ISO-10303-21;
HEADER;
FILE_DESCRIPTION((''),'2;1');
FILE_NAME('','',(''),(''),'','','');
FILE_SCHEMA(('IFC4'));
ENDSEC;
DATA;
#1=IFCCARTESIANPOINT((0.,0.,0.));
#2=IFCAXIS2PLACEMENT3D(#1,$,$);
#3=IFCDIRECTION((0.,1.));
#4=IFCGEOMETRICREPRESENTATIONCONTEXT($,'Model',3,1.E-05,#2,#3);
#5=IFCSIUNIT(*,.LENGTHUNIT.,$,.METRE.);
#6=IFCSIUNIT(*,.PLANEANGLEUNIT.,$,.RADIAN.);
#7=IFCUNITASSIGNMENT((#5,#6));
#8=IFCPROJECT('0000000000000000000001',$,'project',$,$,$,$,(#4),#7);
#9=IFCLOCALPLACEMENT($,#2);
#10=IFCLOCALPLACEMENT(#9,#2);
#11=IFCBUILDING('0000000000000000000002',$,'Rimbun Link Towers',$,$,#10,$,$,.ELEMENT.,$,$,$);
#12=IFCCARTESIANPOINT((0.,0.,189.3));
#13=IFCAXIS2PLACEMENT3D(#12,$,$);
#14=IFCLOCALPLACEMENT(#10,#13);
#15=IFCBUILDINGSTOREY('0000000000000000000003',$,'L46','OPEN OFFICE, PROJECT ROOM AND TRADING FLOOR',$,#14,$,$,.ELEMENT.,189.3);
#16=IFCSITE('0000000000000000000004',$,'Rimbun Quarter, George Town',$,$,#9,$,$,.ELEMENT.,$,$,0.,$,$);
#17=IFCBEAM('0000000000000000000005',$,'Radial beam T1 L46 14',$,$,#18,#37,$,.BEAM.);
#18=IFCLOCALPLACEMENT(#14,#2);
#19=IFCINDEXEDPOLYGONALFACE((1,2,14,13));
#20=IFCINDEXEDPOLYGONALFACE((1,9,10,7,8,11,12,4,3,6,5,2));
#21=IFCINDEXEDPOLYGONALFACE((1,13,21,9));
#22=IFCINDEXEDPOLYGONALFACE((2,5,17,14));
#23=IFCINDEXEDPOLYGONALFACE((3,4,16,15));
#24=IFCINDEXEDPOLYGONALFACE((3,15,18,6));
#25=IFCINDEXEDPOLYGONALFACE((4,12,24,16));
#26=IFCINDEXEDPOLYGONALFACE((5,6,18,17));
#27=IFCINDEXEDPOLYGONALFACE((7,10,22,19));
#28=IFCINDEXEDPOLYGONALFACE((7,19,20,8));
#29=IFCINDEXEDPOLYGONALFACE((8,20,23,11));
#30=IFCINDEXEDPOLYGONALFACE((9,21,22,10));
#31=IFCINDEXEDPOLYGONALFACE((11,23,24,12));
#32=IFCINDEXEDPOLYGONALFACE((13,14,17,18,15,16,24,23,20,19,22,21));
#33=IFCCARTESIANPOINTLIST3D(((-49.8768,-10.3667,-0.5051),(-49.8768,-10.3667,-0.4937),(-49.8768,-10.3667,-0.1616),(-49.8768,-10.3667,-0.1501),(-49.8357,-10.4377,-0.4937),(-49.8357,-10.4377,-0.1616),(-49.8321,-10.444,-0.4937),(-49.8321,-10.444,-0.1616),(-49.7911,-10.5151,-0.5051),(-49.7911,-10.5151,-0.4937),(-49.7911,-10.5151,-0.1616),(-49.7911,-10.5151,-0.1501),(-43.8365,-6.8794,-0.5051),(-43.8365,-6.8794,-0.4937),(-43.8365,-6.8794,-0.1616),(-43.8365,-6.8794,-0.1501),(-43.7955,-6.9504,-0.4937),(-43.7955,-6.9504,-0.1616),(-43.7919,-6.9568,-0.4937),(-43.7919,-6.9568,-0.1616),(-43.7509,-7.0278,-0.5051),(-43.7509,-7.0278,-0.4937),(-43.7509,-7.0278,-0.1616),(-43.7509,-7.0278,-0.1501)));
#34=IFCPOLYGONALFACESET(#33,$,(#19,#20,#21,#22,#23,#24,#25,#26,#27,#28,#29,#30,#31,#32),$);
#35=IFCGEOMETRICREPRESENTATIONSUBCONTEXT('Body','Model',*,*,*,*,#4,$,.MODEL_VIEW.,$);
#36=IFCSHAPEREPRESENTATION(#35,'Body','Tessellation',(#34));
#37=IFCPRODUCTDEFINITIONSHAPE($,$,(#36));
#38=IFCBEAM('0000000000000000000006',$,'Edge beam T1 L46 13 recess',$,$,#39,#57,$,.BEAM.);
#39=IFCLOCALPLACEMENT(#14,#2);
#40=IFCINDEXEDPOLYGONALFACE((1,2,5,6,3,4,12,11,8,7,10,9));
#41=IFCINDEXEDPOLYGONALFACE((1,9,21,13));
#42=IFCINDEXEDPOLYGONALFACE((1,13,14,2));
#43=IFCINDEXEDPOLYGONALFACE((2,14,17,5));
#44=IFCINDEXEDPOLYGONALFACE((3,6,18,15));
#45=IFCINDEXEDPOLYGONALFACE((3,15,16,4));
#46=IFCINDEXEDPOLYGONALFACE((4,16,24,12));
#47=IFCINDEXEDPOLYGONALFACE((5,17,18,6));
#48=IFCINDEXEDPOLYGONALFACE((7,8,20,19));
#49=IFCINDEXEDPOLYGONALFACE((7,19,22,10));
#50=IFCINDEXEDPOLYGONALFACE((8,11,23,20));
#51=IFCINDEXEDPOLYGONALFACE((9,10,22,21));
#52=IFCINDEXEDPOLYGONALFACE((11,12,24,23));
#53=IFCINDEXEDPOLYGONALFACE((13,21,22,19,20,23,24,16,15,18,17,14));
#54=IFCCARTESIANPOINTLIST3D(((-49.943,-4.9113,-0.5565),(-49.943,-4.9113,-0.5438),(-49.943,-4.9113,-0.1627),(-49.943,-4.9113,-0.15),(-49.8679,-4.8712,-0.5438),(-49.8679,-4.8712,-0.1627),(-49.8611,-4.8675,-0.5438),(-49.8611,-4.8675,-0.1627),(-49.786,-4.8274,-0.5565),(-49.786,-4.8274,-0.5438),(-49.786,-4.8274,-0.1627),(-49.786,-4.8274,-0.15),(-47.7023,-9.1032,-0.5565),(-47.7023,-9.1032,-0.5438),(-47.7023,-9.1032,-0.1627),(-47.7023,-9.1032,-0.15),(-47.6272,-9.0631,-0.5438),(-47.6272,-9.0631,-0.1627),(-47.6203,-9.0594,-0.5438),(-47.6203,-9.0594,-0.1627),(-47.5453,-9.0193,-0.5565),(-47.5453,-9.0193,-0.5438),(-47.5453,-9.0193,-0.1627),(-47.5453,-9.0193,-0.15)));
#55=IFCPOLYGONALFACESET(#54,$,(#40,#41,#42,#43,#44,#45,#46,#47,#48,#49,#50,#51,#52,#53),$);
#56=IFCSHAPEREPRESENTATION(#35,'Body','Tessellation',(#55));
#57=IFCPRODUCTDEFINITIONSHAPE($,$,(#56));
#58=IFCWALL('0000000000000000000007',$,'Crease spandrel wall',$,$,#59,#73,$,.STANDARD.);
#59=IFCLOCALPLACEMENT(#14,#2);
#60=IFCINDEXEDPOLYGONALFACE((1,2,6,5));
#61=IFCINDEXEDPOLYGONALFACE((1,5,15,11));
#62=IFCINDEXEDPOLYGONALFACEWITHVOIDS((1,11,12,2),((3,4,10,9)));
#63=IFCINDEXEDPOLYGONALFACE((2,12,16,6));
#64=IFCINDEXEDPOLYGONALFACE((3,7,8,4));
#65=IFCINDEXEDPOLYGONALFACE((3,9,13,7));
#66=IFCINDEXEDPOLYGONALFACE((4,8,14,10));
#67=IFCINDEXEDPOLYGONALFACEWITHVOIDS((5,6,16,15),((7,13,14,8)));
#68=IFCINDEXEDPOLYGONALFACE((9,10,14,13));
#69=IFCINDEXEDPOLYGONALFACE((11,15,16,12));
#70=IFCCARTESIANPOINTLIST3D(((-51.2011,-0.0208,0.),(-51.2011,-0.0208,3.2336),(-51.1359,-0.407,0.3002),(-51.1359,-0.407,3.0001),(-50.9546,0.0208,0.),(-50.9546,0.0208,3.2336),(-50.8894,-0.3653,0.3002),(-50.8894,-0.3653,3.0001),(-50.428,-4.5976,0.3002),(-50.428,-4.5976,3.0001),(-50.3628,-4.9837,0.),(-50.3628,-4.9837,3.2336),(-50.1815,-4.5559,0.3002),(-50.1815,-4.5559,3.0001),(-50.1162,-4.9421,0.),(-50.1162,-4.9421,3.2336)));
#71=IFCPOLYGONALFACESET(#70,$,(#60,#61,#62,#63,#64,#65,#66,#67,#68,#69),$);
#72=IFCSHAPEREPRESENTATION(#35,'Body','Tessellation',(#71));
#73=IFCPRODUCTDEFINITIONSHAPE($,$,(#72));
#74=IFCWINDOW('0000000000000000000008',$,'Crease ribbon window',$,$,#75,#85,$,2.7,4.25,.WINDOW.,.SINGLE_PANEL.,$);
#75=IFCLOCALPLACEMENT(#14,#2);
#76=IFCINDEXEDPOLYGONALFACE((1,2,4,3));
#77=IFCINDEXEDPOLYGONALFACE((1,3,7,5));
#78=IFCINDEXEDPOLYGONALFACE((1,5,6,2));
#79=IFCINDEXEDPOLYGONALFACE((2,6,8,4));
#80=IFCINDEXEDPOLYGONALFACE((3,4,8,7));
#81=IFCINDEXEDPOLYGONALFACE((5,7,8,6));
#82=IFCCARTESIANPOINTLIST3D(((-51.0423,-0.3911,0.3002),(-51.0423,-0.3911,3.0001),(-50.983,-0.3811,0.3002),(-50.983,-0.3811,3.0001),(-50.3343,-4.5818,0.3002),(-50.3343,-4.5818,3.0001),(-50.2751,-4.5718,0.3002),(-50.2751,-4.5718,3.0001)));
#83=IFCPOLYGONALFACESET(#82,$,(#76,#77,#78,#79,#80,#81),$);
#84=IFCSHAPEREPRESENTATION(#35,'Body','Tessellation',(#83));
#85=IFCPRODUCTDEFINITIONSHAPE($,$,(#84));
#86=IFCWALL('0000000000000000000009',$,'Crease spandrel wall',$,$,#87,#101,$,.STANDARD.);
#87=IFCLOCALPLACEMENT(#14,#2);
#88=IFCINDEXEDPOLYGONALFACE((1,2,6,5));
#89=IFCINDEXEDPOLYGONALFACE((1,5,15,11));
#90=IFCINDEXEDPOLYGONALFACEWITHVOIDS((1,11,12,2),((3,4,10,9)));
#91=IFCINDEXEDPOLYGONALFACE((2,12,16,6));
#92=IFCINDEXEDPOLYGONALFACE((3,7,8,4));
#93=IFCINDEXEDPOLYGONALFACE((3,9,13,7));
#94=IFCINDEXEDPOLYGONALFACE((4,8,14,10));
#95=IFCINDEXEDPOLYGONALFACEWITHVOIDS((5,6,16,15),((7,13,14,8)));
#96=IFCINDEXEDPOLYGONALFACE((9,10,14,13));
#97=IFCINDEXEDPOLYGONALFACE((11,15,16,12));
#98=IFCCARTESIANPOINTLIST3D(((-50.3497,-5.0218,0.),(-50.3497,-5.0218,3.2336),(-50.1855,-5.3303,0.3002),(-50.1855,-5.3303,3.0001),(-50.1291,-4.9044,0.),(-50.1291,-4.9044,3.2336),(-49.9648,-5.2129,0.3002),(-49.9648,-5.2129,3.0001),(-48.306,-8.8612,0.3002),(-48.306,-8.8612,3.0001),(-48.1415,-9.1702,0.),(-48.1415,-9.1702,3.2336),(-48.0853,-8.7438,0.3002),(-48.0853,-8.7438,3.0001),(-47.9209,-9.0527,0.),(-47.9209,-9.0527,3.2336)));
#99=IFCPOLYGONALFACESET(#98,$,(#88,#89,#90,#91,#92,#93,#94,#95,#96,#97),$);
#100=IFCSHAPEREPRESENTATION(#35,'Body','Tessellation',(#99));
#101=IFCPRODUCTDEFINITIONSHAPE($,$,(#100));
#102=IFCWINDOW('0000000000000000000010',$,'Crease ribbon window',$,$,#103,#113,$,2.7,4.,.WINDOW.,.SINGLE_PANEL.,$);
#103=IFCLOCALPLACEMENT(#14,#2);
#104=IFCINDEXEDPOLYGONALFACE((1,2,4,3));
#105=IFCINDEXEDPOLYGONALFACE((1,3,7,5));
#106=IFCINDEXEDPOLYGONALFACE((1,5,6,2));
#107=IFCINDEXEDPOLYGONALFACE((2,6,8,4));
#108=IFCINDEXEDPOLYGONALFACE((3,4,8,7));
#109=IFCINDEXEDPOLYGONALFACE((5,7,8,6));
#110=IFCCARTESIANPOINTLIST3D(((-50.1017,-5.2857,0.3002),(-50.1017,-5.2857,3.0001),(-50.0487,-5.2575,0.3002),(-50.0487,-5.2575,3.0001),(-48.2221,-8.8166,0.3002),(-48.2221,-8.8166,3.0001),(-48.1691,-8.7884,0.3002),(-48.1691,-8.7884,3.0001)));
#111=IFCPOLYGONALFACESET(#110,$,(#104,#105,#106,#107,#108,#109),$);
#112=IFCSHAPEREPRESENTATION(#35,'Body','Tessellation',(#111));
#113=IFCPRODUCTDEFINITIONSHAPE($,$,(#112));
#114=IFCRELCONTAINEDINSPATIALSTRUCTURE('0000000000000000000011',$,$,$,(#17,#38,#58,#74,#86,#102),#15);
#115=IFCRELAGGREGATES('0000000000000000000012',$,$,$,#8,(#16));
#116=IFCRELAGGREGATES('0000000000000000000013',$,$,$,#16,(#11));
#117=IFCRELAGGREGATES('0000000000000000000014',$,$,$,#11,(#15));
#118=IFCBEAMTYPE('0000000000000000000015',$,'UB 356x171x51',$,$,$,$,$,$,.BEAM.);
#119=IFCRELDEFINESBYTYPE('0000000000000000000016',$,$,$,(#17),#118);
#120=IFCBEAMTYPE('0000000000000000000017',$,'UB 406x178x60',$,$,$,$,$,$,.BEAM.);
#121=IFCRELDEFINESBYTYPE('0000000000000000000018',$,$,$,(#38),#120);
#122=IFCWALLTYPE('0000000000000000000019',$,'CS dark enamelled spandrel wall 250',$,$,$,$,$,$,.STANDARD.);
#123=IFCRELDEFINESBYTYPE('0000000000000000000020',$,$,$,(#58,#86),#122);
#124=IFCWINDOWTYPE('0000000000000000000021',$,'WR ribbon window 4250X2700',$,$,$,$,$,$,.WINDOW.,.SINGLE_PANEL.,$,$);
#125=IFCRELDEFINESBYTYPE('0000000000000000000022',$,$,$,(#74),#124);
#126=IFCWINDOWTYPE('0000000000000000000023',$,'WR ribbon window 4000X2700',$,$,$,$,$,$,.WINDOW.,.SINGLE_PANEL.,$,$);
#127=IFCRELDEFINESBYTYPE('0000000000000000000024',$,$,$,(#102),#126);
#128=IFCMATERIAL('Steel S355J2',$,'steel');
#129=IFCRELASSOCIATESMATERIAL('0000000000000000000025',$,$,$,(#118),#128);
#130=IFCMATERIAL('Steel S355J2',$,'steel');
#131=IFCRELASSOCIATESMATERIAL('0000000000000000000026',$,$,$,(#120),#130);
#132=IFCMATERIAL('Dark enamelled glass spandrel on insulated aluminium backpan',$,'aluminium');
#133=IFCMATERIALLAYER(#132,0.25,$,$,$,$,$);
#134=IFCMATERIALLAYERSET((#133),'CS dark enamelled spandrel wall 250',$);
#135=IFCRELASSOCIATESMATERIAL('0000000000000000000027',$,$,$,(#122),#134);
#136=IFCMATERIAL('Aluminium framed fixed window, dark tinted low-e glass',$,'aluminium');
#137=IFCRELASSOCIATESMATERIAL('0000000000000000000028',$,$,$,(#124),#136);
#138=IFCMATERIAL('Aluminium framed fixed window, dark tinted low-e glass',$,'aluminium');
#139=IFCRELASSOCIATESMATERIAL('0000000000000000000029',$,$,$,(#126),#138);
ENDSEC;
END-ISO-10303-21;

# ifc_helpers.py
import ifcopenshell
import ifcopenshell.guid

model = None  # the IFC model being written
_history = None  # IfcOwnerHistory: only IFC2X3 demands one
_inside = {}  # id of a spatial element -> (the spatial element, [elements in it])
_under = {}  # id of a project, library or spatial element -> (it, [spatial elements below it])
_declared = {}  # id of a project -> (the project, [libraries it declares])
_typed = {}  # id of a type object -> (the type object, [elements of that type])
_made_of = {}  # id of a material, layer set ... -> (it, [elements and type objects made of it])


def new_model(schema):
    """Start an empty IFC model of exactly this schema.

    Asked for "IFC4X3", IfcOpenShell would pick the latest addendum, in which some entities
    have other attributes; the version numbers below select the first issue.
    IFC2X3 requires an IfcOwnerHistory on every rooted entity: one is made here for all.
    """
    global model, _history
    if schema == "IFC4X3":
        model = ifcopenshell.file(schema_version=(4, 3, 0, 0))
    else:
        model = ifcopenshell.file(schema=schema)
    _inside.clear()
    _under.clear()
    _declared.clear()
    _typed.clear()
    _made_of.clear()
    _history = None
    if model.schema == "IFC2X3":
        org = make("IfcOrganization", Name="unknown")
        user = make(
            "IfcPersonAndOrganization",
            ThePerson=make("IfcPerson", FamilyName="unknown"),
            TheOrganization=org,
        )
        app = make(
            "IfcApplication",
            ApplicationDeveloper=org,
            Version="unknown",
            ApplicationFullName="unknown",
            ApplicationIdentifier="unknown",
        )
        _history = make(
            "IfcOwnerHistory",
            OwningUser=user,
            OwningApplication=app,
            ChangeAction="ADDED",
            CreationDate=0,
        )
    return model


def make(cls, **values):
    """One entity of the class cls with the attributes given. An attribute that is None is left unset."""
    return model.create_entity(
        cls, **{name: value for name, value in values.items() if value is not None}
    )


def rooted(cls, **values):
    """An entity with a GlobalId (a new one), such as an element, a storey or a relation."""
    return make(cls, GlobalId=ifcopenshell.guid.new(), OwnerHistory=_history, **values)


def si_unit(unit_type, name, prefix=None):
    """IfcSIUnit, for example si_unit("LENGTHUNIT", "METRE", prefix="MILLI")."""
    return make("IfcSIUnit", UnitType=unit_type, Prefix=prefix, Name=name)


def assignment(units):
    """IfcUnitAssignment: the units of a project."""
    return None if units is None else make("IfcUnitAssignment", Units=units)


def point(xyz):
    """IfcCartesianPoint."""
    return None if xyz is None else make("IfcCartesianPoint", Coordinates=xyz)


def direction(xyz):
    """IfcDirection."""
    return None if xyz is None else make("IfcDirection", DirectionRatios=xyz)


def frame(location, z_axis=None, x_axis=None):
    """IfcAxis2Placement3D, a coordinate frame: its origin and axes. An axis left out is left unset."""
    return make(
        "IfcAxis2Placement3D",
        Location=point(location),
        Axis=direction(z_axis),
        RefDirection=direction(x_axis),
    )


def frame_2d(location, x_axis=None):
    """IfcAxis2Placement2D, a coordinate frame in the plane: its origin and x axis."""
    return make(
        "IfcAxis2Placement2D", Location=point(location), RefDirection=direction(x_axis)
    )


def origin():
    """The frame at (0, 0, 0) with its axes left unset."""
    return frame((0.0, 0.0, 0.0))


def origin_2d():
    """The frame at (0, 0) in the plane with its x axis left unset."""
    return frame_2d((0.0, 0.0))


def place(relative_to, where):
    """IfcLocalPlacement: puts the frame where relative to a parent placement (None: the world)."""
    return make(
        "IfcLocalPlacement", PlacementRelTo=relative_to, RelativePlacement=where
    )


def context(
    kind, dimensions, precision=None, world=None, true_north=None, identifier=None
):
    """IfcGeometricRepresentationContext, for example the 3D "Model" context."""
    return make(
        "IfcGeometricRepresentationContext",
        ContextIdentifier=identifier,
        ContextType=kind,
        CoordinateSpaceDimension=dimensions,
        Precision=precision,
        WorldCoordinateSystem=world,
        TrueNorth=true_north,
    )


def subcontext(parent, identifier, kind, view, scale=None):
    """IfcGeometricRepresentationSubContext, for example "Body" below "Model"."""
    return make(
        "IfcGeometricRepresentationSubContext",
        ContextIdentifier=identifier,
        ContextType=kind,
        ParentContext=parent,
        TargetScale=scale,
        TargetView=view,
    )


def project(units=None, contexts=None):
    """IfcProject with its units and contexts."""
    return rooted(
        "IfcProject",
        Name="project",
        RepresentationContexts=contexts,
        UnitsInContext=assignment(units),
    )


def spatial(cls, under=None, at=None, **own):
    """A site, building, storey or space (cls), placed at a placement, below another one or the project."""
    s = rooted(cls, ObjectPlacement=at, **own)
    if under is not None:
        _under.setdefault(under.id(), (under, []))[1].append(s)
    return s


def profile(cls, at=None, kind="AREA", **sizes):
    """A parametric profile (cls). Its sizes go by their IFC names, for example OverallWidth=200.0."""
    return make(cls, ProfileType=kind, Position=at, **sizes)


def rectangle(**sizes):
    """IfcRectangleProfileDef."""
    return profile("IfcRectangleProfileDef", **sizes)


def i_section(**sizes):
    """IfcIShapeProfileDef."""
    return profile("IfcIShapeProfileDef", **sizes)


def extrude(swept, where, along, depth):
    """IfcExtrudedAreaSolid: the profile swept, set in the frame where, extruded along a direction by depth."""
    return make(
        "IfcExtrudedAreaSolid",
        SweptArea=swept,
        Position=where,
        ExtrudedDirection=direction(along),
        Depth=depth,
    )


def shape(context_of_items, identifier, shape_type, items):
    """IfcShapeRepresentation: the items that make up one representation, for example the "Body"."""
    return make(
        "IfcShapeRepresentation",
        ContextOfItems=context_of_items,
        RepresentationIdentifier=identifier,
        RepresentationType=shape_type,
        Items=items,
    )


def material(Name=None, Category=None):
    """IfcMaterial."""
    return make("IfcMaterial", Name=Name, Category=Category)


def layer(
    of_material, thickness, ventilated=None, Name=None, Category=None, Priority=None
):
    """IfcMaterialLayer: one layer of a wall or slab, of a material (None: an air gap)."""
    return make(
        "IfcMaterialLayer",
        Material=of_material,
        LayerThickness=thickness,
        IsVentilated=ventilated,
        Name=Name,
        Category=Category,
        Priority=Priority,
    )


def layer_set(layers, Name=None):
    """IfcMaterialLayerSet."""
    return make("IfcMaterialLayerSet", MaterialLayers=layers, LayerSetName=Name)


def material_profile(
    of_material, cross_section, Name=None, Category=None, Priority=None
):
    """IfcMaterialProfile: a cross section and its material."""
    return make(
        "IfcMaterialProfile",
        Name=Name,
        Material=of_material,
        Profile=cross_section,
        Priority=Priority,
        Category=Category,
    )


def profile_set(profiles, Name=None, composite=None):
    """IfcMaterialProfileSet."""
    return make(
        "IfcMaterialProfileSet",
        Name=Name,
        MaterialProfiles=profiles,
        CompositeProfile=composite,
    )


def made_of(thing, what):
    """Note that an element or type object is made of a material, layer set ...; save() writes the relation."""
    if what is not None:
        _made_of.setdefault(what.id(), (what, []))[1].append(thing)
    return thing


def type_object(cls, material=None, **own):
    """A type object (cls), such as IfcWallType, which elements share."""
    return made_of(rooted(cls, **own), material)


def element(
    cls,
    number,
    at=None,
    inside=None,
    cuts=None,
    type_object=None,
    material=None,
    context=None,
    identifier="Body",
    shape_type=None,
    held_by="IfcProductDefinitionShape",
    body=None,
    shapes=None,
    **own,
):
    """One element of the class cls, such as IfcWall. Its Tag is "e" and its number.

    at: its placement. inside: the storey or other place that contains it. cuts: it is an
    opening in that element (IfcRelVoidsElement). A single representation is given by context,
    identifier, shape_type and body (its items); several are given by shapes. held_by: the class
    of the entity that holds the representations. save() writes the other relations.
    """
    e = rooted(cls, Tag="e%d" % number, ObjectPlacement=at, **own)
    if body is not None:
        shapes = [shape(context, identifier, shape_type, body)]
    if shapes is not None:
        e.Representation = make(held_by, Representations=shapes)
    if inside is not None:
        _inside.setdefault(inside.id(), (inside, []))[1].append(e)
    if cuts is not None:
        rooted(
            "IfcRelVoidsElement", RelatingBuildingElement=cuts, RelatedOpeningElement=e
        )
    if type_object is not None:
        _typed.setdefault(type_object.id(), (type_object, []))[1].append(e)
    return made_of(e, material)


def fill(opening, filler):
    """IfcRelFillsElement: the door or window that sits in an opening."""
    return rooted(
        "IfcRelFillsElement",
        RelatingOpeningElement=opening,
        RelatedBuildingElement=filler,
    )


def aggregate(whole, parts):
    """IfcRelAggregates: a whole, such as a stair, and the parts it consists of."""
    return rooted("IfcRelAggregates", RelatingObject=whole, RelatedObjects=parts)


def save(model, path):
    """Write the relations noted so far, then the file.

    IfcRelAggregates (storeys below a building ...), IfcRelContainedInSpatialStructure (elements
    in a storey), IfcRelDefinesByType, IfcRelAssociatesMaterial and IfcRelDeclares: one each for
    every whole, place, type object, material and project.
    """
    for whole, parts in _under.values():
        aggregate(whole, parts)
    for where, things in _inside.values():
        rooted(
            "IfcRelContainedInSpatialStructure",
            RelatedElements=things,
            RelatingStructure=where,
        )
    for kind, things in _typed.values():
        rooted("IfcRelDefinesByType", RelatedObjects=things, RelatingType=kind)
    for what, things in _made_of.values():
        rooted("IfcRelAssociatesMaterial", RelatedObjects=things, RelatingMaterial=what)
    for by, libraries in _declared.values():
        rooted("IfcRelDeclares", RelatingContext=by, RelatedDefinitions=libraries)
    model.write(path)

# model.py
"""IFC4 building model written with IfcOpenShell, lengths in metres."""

from ifc_helpers import new_model, si_unit, direction, frame, frame_2d, origin, origin_2d, place, context, subcontext, project, spatial, rectangle, i_section, extrude, material, layer, layer_set, material_profile, profile_set, type_object, element, fill, save


model = new_model("IFC4")

# Units and contexts
model_context = context("Model", 3, precision=1e-05, world=origin(), true_north=direction((0.0, 1.0)))
body_context = subcontext(model_context, "Body", "Model", "MODEL_VIEW")
ifc_project = project(units=[si_unit("LENGTHUNIT", "METRE"), si_unit("PLANEANGLEUNIT", "RADIAN")], contexts=[model_context])

# Site, building, storey
site_placement = place(None, origin())
site = spatial("IfcSite", under=ifc_project, at=site_placement, Name="Rimbun Quarter, George Town", CompositionType="ELEMENT", RefElevation=0.0)
building_placement = place(site_placement, origin())
building = spatial("IfcBuilding", under=site, at=building_placement, Name="Rimbun Link Towers", CompositionType="ELEMENT")
storey_placement = place(building_placement, frame((0.0, 0.0, 189.3)))
storey = spatial("IfcBuildingStorey", under=building, at=storey_placement, Name="L46", Description="OPEN OFFICE, PROJECT ROOM AND TRADING FLOOR", CompositionType="ELEMENT", Elevation=189.3)

# Beams
ifc_material_1 = material(Name="Steel S355J2", Category="steel")
ifc_material_profile_1 = material_profile(ifc_material_1, i_section(OverallWidth=0.1714, OverallDepth=0.355, WebThickness=0.0073, FlangeThickness=0.0115, at=origin_2d()), Name="UB 356x171x51")
ifc_profile_set_1 = profile_set([ifc_material_profile_1], Name="Steel S355J2")
beam_type_1 = type_object("IfcBeamType", Name="UB 356x171x51", PredefinedType="BEAM", material=ifc_profile_set_1)
beam_1_placement = place(storey_placement, frame((-43.7937, -6.9536, -0.3276), z_axis=(-0.866029, -0.499994, 0.0), x_axis=(0.499994, -0.866029, 0.0)))
element("IfcBeam", 1, at=beam_1_placement, inside=storey, type_object=beam_type_1, Name="Radial beam T1 L46 14", PredefinedType="BEAM", context=body_context, shape_type="SweptSolid", body=[
    extrude(i_section(OverallWidth=0.1714, OverallDepth=0.355, WebThickness=0.0073, FlangeThickness=0.0115, at=origin_2d()), origin(), (0.0, 0.0, 1.0), 6.9746),
])
ifc_material_2 = material(Name="Steel S355J2", Category="steel")
ifc_material_profile_2 = material_profile(ifc_material_2, i_section(OverallWidth=0.178, OverallDepth=0.4065, WebThickness=0.0078, FlangeThickness=0.0127, at=origin_2d()), Name="UB 406x178x60")
ifc_profile_set_2 = profile_set([ifc_material_profile_2], Name="Steel S355J2")
beam_type_2 = type_object("IfcBeamType", Name="UB 406x178x60", PredefinedType="BEAM", material=ifc_profile_set_2)
beam_2_placement = place(storey_placement, frame((-49.8645, -4.8694, -0.3533), z_axis=(0.471414, -0.881912, 0.0), x_axis=(0.881912, 0.471414, 0.0)))
element("IfcBeam", 2, at=beam_2_placement, inside=storey, type_object=beam_type_2, Name="Edge beam T1 L46 13 recess", PredefinedType="BEAM", context=body_context, shape_type="SweptSolid", body=[
    extrude(i_section(OverallWidth=0.178, OverallDepth=0.4065, WebThickness=0.0078, FlangeThickness=0.0127, at=origin_2d()), origin(), (0.0, 0.0, 1.0), 4.7532),
])

# Walls, openings, windows
ifc_material_3 = material(Name="Dark enamelled glass spandrel on insulated aluminium backpan", Category="aluminium")
ifc_layer_1 = layer(ifc_material_3, 0.25)
ifc_layer_set_1 = layer_set([ifc_layer_1], Name="CS dark enamelled spandrel wall 250")
wall_type_1 = type_object("IfcWallType", Name="CS dark enamelled spandrel wall 250", PredefinedType="STANDARD", material=ifc_layer_set_1)
wall_1_placement = place(storey_placement, frame((-50.2395, -4.9629, 0.0), z_axis=(0.0, 0.0, 1.0), x_axis=(-0.16657, 0.98603, 0.0)))
wall_1 = element("IfcWall", 3, at=wall_1_placement, inside=storey, type_object=wall_type_1, Name="Crease spandrel wall", PredefinedType="STANDARD", context=body_context, shape_type="SweptSolid", body=[
    extrude(rectangle(XDim=5.0332, YDim=0.25, at=frame_2d((2.5166, 0.0))), origin(), (0.0, 0.0, 1.0), 3.2336),
])
opening_1_placement = place(wall_1_placement, frame((0.3916, 0.0, 0.3)))
opening_1 = element("IfcOpeningElement", 4, at=opening_1_placement, cuts=wall_1, PredefinedType="OPENING", context=body_context, shape_type="SweptSolid", body=[
    extrude(rectangle(XDim=4.25, YDim=2.7, at=frame_2d((2.125, 1.3501))), frame((0.0, 0.135, 0.0), z_axis=(0.0, -1.0, 0.0), x_axis=(1.0, 0.0, 0.0)), (0.0, 0.0, 1.0), 0.27),
])
ifc_material_4 = material(Name="Aluminium framed fixed window, dark tinted low-e glass", Category="aluminium")
window_type_1 = type_object("IfcWindowType", Name="WR ribbon window 4250X2700", PartitioningType="SINGLE_PANEL", PredefinedType="WINDOW", material=ifc_material_4)
window_1_placement = place(opening_1_placement, origin())
window_1 = element("IfcWindow", 5, at=window_1_placement, inside=storey, type_object=window_type_1, Name="Crease ribbon window", OverallHeight=2.7, OverallWidth=4.25, PartitioningType="SINGLE_PANEL", PredefinedType="WINDOW", context=body_context, shape_type="SweptSolid", body=[
    extrude(rectangle(XDim=4.25, YDim=2.7, at=frame_2d((2.125, 1.3501))), frame((0.0, 0.03, 0.0), z_axis=(0.0, -1.0, 0.0), x_axis=(1.0, 0.0, 0.0)), (0.0, 0.0, 1.0), 0.0601),
])
fill(opening_1, window_1)
wall_2_placement = place(storey_placement, frame((-48.0312, -9.1113, 0.0), z_axis=(0.0, 0.0, 1.0), x_axis=(-0.469884, 0.882728, 0.0)))
wall_2 = element("IfcWall", 6, at=wall_2_placement, inside=storey, type_object=wall_type_1, Name="Crease spandrel wall", PredefinedType="STANDARD", context=body_context, shape_type="SweptSolid", body=[
    extrude(rectangle(XDim=4.6995, YDim=0.25, at=frame_2d((2.3496, 0.0))), origin(), (0.0, 0.0, 1.0), 3.2336),
])
opening_2_placement = place(wall_2_placement, frame((0.3499, 0.0, 0.3)))
opening_2 = element("IfcOpeningElement", 7, at=opening_2_placement, cuts=wall_2, PredefinedType="OPENING", context=body_context, shape_type="SweptSolid", body=[
    extrude(rectangle(XDim=4.0, YDim=2.7, at=frame_2d((2.0, 1.3501))), frame((0.0, 0.135, 0.0), z_axis=(0.0, -1.0, 0.0), x_axis=(1.0, 0.0, 0.0)), (0.0, 0.0, 1.0), 0.27),
])
ifc_material_5 = material(Name="Aluminium framed fixed window, dark tinted low-e glass", Category="aluminium")
window_type_2 = type_object("IfcWindowType", Name="WR ribbon window 4000X2700", PartitioningType="SINGLE_PANEL", PredefinedType="WINDOW", material=ifc_material_5)
window_2_placement = place(opening_2_placement, origin())
window_2 = element("IfcWindow", 8, at=window_2_placement, inside=storey, type_object=window_type_2, Name="Crease ribbon window", OverallHeight=2.7, OverallWidth=4.0, PartitioningType="SINGLE_PANEL", PredefinedType="WINDOW", context=body_context, shape_type="SweptSolid", body=[
    extrude(rectangle(XDim=4.0, YDim=2.7, at=frame_2d((2.0, 1.3501))), frame((0.0, 0.03, 0.0), z_axis=(0.0, -1.0, 0.0), x_axis=(1.0, 0.0, 0.0)), (0.0, 0.0, 1.0), 0.0601),
])
fill(opening_2, window_2)

save(model, "model.ifc")
